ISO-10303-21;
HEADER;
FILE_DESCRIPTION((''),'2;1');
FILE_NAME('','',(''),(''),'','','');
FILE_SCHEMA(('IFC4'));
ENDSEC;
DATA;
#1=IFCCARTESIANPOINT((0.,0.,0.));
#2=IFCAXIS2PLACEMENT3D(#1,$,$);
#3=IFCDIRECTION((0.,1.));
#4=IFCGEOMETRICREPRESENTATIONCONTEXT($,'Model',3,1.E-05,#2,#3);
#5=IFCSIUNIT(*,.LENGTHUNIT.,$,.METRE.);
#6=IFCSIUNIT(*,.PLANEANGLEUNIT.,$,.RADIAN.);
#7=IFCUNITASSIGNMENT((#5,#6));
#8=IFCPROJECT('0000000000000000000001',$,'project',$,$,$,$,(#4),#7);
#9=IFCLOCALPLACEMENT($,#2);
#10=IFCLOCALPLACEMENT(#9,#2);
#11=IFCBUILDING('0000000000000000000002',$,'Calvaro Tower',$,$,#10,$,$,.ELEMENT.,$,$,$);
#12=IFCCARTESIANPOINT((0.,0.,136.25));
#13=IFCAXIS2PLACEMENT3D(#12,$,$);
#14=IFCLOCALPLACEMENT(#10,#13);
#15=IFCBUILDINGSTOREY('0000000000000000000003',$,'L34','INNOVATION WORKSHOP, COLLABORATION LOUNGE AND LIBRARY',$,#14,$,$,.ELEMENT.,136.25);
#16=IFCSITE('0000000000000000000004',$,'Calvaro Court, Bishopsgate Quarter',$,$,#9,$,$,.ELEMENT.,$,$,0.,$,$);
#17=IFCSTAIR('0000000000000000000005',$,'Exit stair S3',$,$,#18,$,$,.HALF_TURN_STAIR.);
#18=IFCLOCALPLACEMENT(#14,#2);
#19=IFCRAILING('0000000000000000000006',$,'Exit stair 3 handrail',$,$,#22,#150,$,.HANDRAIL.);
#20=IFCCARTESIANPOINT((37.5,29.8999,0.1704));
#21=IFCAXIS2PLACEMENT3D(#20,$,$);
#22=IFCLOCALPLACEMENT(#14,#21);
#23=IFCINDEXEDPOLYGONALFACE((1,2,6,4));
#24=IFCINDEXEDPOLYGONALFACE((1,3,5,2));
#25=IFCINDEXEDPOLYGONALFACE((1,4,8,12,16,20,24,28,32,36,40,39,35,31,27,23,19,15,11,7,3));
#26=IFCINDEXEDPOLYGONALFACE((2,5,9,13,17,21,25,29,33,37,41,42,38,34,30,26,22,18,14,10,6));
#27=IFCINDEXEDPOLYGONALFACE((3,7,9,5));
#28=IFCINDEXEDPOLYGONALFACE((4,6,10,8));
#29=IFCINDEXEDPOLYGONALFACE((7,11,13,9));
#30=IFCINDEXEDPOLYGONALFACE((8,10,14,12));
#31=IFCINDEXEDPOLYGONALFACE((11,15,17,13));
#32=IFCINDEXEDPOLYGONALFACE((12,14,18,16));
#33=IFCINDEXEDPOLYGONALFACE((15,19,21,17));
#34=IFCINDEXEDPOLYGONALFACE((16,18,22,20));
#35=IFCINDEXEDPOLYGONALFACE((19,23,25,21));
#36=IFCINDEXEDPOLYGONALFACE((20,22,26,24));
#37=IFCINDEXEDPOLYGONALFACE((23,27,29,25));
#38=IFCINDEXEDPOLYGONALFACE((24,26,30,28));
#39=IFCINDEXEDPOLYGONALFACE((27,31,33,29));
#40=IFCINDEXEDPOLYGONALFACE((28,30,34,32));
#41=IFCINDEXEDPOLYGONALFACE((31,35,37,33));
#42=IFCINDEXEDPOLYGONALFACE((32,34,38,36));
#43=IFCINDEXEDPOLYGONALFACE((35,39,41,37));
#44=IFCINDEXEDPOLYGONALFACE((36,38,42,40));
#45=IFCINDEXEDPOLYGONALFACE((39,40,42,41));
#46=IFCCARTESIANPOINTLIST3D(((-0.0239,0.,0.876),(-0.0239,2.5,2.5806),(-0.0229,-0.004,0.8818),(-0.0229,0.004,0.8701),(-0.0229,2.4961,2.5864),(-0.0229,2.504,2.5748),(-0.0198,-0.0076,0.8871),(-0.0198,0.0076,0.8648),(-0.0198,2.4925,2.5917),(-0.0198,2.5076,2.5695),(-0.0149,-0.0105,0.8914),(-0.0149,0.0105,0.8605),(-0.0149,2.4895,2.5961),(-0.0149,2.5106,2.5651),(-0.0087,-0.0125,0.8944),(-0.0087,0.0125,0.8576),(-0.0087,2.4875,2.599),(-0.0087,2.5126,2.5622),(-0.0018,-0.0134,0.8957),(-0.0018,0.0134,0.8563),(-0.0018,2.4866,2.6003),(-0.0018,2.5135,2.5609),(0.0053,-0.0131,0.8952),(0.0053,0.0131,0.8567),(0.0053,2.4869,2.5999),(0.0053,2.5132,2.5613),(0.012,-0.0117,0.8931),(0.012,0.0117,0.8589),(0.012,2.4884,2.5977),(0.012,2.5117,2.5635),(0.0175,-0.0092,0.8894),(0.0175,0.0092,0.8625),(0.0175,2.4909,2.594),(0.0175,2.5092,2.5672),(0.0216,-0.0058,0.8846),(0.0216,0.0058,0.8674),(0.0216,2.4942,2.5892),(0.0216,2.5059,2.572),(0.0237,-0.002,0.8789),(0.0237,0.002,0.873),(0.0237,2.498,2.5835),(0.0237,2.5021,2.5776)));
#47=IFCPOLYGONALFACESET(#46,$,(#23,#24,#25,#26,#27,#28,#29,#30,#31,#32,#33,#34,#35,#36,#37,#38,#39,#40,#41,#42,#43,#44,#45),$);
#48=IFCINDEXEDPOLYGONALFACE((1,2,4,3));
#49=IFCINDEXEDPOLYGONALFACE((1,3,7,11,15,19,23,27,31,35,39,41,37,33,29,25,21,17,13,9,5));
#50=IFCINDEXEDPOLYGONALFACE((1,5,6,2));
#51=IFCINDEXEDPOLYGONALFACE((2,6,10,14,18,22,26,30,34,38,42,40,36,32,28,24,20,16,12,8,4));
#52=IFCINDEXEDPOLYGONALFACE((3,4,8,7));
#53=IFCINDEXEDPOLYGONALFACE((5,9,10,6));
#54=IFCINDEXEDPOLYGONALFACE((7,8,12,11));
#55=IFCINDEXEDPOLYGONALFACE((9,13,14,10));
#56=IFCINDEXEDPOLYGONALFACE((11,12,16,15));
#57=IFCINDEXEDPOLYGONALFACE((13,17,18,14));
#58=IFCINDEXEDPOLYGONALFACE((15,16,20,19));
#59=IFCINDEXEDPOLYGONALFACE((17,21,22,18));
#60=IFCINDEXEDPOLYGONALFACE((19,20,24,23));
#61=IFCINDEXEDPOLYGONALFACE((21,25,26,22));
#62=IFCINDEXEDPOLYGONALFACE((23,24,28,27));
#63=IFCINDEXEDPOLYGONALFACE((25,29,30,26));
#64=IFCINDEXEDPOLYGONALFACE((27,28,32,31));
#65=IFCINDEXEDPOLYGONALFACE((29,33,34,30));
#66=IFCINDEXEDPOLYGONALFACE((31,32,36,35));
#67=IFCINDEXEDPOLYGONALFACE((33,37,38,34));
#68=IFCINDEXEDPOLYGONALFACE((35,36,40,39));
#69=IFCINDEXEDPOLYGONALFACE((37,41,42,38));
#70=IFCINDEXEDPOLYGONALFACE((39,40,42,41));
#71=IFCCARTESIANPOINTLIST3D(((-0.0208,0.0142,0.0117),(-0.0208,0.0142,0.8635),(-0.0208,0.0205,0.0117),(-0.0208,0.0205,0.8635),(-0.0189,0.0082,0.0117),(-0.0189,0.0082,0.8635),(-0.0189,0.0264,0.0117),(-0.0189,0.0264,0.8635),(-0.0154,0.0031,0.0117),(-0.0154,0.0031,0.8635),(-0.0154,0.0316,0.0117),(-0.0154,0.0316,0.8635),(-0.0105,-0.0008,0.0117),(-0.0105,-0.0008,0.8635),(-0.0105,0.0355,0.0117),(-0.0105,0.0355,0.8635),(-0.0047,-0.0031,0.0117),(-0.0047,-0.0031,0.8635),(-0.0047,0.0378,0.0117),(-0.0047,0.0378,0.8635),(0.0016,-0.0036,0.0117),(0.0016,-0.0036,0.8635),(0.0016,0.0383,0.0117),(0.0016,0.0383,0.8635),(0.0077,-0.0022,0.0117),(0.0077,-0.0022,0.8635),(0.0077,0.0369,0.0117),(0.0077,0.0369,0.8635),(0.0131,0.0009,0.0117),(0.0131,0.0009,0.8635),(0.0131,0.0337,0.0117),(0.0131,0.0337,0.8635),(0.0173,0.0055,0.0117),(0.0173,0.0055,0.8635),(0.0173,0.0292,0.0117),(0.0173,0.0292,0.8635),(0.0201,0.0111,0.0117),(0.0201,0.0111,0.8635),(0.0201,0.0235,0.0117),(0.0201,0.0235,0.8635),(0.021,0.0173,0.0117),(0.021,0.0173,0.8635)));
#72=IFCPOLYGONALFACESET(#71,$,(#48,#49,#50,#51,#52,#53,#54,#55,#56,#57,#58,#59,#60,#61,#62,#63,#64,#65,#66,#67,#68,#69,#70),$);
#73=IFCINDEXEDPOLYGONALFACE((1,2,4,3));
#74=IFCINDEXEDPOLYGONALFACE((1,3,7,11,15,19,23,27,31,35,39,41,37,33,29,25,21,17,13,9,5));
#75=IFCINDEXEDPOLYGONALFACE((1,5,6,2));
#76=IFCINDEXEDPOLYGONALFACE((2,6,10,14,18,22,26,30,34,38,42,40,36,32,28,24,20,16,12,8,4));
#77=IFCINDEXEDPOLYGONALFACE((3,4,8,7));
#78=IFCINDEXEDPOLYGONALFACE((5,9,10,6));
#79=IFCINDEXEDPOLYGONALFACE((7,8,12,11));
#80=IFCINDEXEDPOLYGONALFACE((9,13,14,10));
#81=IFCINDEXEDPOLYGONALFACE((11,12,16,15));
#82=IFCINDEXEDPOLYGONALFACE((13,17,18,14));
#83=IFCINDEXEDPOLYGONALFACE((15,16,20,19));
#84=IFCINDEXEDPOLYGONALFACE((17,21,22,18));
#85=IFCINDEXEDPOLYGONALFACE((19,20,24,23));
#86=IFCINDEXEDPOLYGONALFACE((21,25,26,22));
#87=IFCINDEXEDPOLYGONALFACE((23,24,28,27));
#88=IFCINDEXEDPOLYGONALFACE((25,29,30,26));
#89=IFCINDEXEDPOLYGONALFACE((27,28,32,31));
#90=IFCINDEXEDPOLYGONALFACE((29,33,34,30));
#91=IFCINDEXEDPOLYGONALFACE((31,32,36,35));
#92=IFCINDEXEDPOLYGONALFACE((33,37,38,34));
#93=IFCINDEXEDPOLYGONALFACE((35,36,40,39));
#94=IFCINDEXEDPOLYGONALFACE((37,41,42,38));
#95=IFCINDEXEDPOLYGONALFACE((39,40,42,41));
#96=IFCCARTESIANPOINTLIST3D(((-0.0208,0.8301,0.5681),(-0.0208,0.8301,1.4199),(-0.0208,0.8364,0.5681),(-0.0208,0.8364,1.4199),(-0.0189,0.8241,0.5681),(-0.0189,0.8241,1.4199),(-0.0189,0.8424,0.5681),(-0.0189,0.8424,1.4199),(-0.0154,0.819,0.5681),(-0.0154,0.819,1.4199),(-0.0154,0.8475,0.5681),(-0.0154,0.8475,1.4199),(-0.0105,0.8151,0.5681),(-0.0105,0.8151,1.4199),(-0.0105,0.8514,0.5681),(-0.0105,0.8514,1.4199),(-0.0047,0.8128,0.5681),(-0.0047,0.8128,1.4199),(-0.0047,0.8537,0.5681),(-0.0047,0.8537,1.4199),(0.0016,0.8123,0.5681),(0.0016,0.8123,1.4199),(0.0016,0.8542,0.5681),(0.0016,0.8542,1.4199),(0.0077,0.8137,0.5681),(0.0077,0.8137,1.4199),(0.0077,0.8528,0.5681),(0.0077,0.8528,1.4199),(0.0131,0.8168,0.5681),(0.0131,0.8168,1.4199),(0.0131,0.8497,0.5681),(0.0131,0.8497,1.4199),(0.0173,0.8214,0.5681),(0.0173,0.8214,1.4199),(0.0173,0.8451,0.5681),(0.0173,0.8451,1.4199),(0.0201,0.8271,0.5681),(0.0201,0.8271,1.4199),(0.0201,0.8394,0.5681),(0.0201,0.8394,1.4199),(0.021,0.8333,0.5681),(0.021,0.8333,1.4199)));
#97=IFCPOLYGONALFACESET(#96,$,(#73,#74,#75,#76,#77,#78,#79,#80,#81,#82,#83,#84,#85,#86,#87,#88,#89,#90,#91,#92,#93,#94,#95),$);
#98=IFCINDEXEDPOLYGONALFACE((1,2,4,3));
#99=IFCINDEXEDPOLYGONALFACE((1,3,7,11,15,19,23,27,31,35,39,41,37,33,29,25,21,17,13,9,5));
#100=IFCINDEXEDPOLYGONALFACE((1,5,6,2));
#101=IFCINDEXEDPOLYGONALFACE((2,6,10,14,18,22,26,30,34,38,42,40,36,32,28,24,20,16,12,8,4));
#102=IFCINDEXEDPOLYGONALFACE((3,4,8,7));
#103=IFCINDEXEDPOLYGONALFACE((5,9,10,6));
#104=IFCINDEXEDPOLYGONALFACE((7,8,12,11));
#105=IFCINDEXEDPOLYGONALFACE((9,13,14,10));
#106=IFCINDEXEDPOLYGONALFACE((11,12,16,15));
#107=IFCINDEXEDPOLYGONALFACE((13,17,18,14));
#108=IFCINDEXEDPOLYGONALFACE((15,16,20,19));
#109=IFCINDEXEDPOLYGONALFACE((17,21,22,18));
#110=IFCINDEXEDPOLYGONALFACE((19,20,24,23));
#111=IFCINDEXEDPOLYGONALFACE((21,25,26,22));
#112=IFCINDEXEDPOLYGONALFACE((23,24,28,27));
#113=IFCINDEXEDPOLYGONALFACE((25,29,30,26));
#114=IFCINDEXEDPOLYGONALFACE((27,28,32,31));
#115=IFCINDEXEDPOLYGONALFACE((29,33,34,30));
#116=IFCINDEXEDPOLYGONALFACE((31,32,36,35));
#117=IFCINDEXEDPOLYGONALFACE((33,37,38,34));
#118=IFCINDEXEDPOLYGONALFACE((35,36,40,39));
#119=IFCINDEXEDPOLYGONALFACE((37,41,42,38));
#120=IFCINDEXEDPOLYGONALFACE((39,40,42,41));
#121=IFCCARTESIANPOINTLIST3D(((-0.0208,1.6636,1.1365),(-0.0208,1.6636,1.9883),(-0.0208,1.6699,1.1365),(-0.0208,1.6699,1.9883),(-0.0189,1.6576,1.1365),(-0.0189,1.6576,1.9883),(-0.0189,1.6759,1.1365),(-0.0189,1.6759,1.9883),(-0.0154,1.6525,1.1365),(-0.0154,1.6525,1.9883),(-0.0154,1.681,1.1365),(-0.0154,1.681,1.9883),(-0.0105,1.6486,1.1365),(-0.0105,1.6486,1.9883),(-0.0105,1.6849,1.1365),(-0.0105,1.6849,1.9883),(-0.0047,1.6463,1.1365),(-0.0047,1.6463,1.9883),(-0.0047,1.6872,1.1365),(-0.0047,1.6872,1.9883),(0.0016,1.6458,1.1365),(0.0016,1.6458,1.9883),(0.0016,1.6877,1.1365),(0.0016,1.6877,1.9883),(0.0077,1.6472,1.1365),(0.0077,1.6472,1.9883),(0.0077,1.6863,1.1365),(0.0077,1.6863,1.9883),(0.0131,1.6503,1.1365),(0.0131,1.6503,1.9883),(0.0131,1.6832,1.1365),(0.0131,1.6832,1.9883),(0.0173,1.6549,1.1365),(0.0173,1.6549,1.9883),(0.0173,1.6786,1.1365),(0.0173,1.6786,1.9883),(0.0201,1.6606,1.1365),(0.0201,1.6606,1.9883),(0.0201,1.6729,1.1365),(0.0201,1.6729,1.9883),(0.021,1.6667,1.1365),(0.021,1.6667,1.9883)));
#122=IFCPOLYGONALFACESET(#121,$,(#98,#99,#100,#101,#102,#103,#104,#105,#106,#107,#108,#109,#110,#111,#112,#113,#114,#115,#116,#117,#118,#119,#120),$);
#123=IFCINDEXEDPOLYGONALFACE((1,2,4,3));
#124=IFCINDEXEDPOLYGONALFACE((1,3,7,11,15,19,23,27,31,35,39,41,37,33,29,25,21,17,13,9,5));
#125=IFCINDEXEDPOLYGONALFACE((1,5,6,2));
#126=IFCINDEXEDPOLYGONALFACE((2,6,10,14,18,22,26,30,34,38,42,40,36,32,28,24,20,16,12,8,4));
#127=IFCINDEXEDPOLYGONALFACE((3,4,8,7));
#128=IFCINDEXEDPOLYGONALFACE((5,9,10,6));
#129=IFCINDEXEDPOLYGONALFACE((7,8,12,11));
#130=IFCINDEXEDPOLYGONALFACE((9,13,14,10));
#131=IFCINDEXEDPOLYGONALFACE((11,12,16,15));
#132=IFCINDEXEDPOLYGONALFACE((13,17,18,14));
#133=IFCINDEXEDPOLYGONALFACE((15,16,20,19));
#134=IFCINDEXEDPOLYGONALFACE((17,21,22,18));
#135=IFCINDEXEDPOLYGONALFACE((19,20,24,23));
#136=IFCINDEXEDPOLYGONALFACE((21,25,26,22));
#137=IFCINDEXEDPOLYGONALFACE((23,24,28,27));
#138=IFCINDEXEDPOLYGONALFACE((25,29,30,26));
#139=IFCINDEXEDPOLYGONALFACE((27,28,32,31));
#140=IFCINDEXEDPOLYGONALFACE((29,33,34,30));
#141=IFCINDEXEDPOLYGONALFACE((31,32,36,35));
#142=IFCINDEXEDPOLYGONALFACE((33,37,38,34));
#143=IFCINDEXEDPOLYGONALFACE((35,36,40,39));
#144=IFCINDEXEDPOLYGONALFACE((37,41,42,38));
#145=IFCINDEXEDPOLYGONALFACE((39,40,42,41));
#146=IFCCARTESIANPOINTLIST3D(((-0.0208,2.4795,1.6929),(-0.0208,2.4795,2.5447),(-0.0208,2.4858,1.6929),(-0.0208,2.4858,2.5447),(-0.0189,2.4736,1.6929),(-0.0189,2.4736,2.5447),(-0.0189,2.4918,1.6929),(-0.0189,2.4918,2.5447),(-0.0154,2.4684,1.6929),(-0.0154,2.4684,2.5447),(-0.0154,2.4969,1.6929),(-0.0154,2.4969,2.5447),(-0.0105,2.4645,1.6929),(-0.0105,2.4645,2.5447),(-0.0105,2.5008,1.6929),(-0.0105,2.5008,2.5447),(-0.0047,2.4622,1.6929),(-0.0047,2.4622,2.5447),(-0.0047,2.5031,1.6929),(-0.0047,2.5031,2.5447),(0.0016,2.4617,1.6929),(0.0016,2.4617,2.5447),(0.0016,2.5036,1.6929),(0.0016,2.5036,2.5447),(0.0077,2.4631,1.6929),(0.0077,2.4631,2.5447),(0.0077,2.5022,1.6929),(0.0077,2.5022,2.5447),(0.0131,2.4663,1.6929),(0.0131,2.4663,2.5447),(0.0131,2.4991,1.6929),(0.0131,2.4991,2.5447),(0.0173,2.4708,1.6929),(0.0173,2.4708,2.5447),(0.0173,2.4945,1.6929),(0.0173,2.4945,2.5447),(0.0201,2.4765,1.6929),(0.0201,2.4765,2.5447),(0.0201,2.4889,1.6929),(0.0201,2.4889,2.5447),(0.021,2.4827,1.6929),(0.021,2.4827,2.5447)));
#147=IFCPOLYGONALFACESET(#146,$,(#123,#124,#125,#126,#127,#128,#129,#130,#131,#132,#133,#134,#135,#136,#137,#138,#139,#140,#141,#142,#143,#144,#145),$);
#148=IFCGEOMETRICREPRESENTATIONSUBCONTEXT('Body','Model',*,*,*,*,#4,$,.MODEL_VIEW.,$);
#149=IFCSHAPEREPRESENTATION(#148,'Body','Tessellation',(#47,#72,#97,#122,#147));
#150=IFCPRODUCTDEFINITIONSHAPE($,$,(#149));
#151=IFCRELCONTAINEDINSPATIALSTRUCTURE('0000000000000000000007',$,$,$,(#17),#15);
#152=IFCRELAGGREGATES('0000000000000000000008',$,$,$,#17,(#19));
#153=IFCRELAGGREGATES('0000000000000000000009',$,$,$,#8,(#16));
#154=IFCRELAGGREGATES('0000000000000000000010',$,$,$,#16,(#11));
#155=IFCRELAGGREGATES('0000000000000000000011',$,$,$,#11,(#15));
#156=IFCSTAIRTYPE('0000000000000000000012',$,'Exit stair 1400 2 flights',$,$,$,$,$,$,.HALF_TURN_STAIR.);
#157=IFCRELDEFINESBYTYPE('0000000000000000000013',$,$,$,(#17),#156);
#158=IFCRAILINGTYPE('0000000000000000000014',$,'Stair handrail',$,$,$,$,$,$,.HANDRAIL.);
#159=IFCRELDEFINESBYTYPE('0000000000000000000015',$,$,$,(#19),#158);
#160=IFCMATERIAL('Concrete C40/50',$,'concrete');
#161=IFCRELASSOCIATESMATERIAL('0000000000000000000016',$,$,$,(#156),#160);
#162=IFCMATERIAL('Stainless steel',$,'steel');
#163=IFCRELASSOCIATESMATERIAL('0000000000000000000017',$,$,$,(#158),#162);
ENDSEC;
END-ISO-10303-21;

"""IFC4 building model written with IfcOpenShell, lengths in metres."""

from ifc_helpers import new_model, si_unit, direction, frame, origin, origin_2d, place, context, subcontext, project, spatial, circle, extrude, material, type_object, element, aggregate, save


model = new_model("IFC4")

# Units and contexts
model_context = context("Model", 3, precision=1e-05, world=origin(), true_north=direction((0.0, 1.0)))
body_context = subcontext(model_context, "Body", "Model", "MODEL_VIEW")
ifc_project = project(units=[si_unit("LENGTHUNIT", "METRE"), si_unit("PLANEANGLEUNIT", "RADIAN")], contexts=[model_context])

# Site, building, storey
site_placement = place(None, origin())
site = spatial("IfcSite", under=ifc_project, at=site_placement, Name="Calvaro Court, Bishopsgate Quarter", CompositionType="ELEMENT", RefElevation=0.0)
building_placement = place(site_placement, origin())
building = spatial("IfcBuilding", under=site, at=building_placement, Name="Calvaro Tower", CompositionType="ELEMENT")
storey_placement = place(building_placement, frame((0.0, 0.0, 136.25)))
storey = spatial("IfcBuildingStorey", under=building, at=storey_placement, Name="L34", Description="INNOVATION WORKSHOP, COLLABORATION LOUNGE AND LIBRARY", CompositionType="ELEMENT", Elevation=136.25)

# Stair
ifc_material_1 = material(Name="Concrete C40/50", Category="concrete")
stair_type = type_object("IfcStairType", Name="Exit stair 1400 2 flights", PredefinedType="HALF_TURN_STAIR", material=ifc_material_1)
stair_1_placement = place(storey_placement, origin())
stair_1 = element("IfcStair", 1, at=stair_1_placement, inside=storey, type_object=stair_type, Name="Exit stair S3", PredefinedType="HALF_TURN_STAIR")

# Railing
ifc_material_2 = material(Name="Stainless steel", Category="steel")
railing_type = type_object("IfcRailingType", Name="Stair handrail", PredefinedType="HANDRAIL", material=ifc_material_2)
railing_1_placement = place(storey_placement, frame((37.5, 29.8999, 0.1704)))
railing_1 = element("IfcRailing", 2, at=railing_1_placement, type_object=railing_type, Name="Exit stair 3 handrail", PredefinedType="HANDRAIL", context=body_context, shape_type="SweptSolid", body=[
    extrude(circle(Radius=0.0239, at=origin_2d()), frame((0.0, 0.0, 0.876), z_axis=(0.0, 0.826221, 0.563347), x_axis=(-1.0, 0.0, 0.0)), (0.0, 0.0, 1.0), 3.0259),
    extrude(circle(Radius=0.021, at=origin_2d()), frame((0.0, 0.0173, 0.0117)), (0.0, 0.0, 1.0), 0.8518),
    extrude(circle(Radius=0.021, at=origin_2d()), frame((0.0, 0.8333, 0.5681)), (0.0, 0.0, 1.0), 0.8518),
    extrude(circle(Radius=0.021, at=origin_2d()), frame((0.0, 1.6667, 1.1365)), (0.0, 0.0, 1.0), 0.8518),
    extrude(circle(Radius=0.021, at=origin_2d()), frame((0.0, 2.4827, 1.6929)), (0.0, 0.0, 1.0), 0.8518),
])
aggregate(stair_1, [railing_1])

save(model, "model.ifc")
